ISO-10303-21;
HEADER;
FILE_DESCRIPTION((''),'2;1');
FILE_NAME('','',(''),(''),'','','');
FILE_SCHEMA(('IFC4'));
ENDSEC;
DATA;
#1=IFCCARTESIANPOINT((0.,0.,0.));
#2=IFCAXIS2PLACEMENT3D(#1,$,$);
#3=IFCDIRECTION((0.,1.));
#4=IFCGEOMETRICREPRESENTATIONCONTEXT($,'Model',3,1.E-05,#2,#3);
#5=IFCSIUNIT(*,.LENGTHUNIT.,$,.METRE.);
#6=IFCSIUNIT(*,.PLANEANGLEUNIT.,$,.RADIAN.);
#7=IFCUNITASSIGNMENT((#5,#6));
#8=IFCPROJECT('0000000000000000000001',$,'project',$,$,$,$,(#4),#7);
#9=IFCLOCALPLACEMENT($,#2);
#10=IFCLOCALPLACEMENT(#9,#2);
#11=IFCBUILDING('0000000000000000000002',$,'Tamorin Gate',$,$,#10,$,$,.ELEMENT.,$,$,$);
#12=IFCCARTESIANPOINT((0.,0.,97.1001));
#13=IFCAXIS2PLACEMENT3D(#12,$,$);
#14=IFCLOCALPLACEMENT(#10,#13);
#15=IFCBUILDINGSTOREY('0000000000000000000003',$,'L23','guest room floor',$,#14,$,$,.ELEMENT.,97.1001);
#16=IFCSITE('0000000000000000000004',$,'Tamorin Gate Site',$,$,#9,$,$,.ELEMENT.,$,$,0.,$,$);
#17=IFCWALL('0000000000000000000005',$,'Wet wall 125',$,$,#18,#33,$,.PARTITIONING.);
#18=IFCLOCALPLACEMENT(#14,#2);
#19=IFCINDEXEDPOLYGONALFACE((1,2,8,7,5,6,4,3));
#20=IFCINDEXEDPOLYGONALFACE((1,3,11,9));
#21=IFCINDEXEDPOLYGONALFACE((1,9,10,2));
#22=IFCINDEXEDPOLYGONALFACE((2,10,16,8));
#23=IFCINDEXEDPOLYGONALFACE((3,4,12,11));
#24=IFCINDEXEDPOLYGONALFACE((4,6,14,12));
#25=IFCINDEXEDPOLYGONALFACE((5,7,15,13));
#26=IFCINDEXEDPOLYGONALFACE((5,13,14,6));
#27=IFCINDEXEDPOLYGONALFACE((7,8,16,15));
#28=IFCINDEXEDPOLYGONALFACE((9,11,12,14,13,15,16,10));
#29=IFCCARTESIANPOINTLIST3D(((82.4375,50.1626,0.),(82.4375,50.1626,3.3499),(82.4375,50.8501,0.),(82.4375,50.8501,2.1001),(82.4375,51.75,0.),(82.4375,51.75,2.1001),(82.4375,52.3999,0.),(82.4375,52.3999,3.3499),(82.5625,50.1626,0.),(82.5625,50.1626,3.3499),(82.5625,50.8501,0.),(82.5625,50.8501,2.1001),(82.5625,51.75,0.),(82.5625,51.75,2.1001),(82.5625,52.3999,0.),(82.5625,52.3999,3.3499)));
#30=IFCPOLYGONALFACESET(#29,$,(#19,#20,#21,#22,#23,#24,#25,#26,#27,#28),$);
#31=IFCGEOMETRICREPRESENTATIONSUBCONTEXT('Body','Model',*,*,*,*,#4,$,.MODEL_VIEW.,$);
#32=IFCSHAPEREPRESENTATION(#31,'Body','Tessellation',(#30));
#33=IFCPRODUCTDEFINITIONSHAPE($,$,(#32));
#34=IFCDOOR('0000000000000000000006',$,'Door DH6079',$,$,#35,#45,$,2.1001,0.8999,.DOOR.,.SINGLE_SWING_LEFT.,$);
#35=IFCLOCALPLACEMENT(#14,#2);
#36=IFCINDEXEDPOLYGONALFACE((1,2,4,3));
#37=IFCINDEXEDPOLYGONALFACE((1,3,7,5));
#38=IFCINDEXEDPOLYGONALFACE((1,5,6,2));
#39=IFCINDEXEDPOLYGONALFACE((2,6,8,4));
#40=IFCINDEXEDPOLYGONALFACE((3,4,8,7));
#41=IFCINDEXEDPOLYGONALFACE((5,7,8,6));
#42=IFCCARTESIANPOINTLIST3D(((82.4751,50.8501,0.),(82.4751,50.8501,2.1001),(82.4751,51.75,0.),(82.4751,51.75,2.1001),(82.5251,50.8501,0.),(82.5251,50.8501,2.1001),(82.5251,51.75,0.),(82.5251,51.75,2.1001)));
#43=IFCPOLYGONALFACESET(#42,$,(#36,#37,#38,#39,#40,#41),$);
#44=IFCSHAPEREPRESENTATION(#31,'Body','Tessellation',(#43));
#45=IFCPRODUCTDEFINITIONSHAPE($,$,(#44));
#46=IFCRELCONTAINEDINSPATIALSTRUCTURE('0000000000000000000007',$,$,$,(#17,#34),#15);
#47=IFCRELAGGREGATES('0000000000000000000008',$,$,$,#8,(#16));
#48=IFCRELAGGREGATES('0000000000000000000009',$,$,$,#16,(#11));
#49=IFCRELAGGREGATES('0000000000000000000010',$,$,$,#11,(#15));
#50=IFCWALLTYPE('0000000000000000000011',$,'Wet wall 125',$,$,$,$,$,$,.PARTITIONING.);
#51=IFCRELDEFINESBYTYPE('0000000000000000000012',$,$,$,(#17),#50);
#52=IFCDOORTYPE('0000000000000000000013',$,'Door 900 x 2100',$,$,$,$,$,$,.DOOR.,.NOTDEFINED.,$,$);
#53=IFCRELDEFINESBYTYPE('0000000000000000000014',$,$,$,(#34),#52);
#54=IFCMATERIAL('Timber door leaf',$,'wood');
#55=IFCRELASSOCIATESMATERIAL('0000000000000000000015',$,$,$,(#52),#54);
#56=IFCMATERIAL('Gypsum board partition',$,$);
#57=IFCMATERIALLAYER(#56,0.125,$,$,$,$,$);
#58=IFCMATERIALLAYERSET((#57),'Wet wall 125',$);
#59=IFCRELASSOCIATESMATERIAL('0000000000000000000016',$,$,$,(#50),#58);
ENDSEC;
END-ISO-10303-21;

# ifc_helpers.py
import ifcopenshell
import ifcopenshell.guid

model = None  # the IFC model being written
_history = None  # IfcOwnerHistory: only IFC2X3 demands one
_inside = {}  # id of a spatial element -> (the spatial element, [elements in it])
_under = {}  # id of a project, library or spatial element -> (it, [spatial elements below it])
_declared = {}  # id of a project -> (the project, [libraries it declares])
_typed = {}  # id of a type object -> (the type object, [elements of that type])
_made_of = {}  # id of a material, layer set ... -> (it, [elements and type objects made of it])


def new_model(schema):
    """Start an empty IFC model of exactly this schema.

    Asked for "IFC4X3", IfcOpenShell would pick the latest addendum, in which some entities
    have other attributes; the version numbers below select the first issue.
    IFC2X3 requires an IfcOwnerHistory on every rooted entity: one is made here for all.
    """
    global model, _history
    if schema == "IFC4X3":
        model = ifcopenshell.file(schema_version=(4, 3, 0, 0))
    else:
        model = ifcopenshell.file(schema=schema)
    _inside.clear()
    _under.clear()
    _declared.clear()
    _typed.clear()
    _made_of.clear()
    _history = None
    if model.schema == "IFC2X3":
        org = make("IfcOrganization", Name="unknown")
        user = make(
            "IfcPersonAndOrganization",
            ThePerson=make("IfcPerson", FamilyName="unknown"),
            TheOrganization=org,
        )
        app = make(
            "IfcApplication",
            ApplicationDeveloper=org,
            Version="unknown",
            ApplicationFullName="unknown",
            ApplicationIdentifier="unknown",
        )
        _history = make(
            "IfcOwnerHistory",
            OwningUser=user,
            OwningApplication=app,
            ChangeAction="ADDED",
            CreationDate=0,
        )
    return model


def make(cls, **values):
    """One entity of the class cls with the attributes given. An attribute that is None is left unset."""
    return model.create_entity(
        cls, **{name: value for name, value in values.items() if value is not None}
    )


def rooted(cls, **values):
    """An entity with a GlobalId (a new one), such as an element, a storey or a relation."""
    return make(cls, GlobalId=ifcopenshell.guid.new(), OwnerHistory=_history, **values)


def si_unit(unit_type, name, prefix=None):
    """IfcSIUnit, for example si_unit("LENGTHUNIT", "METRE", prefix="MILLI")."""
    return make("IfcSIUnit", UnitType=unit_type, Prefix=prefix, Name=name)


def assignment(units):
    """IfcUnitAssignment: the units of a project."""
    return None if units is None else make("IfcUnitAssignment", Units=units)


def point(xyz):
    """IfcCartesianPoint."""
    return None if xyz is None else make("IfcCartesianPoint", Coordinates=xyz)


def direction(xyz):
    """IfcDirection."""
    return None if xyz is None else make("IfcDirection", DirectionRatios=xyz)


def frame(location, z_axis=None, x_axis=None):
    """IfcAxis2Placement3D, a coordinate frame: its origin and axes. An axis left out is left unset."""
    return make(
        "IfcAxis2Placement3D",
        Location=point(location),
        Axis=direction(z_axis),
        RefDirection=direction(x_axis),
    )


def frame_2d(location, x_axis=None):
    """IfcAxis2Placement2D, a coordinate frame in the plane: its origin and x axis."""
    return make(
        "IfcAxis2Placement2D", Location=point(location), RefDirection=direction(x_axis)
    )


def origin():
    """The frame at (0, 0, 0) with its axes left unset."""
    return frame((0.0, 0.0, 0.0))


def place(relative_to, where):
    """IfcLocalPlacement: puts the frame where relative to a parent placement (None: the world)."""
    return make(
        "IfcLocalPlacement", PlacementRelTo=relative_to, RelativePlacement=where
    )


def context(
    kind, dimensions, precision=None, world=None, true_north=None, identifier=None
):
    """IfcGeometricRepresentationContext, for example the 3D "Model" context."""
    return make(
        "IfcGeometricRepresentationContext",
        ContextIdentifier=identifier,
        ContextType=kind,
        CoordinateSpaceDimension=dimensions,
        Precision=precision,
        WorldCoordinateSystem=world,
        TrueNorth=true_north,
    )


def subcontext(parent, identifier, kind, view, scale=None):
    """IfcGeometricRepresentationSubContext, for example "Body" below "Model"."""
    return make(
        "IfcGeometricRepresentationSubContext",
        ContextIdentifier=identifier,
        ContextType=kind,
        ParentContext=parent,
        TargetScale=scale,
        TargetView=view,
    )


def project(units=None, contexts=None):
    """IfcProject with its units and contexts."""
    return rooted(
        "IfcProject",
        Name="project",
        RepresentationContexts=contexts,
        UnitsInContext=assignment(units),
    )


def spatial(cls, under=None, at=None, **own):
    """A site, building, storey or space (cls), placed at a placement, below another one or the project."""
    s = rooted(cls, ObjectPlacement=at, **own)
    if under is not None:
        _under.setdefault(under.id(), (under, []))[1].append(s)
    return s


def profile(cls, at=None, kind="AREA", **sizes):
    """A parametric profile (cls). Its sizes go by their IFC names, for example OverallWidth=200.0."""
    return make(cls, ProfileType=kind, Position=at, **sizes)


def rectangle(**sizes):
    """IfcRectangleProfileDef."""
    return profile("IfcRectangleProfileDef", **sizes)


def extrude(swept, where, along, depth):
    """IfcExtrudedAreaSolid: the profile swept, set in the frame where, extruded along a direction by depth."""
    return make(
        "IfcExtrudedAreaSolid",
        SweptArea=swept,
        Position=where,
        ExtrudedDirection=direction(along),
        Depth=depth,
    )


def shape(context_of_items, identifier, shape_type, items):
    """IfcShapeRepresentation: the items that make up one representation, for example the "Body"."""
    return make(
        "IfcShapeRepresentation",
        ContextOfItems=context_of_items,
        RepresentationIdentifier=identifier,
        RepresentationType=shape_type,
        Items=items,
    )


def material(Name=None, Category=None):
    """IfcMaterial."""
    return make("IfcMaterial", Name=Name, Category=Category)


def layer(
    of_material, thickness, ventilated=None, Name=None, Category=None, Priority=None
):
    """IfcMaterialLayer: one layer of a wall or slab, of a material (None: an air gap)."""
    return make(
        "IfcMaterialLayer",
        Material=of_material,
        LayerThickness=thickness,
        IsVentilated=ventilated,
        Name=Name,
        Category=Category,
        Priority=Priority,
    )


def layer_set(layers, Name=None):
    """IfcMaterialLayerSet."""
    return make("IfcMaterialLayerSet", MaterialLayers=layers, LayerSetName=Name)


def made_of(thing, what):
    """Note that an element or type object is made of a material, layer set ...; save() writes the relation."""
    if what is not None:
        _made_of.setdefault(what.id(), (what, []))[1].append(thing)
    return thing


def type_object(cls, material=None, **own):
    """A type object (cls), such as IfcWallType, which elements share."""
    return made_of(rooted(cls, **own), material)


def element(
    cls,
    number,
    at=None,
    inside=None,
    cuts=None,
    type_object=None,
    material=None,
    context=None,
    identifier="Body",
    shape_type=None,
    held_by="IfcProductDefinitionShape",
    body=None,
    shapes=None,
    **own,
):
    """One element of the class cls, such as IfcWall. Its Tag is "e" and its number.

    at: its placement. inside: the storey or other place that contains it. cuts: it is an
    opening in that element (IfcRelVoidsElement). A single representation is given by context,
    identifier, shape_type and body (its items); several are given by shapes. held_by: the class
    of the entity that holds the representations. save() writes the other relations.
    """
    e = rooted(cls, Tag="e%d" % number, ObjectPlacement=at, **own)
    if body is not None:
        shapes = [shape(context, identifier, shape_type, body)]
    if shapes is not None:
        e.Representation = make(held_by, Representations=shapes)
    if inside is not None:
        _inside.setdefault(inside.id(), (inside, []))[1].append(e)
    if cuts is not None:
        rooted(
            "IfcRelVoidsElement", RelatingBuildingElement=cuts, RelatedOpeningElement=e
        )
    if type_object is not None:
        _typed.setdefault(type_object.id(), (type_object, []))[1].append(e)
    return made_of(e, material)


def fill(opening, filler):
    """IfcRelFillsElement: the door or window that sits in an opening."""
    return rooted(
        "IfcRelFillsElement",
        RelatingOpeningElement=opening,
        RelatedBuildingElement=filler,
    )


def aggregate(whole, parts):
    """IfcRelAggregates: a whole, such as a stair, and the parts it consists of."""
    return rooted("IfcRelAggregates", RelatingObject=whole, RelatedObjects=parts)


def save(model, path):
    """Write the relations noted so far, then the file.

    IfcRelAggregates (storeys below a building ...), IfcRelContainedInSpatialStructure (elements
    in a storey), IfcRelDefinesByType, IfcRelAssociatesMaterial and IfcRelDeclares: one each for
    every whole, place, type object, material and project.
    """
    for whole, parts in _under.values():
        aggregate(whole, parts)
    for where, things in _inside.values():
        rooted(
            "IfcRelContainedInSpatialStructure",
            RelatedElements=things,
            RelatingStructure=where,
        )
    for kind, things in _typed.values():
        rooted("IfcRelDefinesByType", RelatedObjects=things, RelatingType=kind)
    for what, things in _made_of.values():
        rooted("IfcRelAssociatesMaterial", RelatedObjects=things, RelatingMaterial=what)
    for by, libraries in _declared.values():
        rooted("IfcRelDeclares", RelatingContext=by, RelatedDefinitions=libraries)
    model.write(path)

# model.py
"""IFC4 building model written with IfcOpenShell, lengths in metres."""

from ifc_helpers import new_model, si_unit, direction, frame, frame_2d, origin, place, context, subcontext, project, spatial, rectangle, extrude, material, layer, layer_set, type_object, element, fill, save


model = new_model("IFC4")

# Units and contexts
model_context = context("Model", 3, precision=1e-05, world=origin(), true_north=direction((0.0, 1.0)))
body_context = subcontext(model_context, "Body", "Model", "MODEL_VIEW")
ifc_project = project(units=[si_unit("LENGTHUNIT", "METRE"), si_unit("PLANEANGLEUNIT", "RADIAN")], contexts=[model_context])

# Site, building, storey
site_placement = place(None, origin())
site = spatial("IfcSite", under=ifc_project, at=site_placement, Name="Tamorin Gate Site", CompositionType="ELEMENT", RefElevation=0.0)
building_placement = place(site_placement, origin())
building = spatial("IfcBuilding", under=site, at=building_placement, Name="Tamorin Gate", CompositionType="ELEMENT")
storey_placement = place(building_placement, frame((0.0, 0.0, 97.1001)))
storey = spatial("IfcBuildingStorey", under=building, at=storey_placement, Name="L23", Description="guest room floor", CompositionType="ELEMENT", Elevation=97.1001)

# Shared definitions
ifc_material_1 = material(Name="Gypsum board partition")
ifc_material_2 = material(Name="Timber door leaf", Category="wood")
door_type = type_object("IfcDoorType", Name="Door 900 x 2100", OperationType="NOTDEFINED", PredefinedType="DOOR", material=ifc_material_2)

# Wall, opening, door
ifc_layer_1 = layer(ifc_material_1, 0.125)
ifc_layer_set_1 = layer_set([ifc_layer_1], Name="Wet wall 125")
wall_type_1 = type_object("IfcWallType", Name="Wet wall 125", PredefinedType="PARTITIONING", material=ifc_layer_set_1)
wall_1_placement = place(storey_placement, frame((82.5, 50.1626, 0.0), z_axis=(0.0, 0.0, 1.0), x_axis=(0.0, 1.0, 0.0)))
wall_1 = element("IfcWall", 1, at=wall_1_placement, inside=storey, type_object=wall_type_1, Name="Wet wall 125", PredefinedType="PARTITIONING", context=body_context, shape_type="SweptSolid", body=[
    extrude(rectangle(XDim=2.2373, YDim=0.125, at=frame_2d((1.1187, 0.0))), origin(), (0.0, 0.0, 1.0), 3.3499),
])
opening_1_placement = place(wall_1_placement, frame((0.6875, 0.0, 0.0)))
opening_1 = element("IfcOpeningElement", 2, at=opening_1_placement, cuts=wall_1, PredefinedType="OPENING", context=body_context, shape_type="SweptSolid", body=[
    extrude(rectangle(XDim=0.8999, YDim=2.1001, at=frame_2d((0.45, 1.05))), frame((0.0, 0.0725, 0.0), z_axis=(0.0, -1.0, 0.0), x_axis=(1.0, 0.0, 0.0)), (0.0, 0.0, 1.0), 0.145),
])
door_1_placement = place(opening_1_placement, origin())
door_1 = element("IfcDoor", 3, at=door_1_placement, inside=storey, type_object=door_type, Name="Door DH6079", OperationType="SINGLE_SWING_LEFT", OverallHeight=2.1001, OverallWidth=0.8999, PredefinedType="DOOR", context=body_context, shape_type="SweptSolid", body=[
    extrude(rectangle(XDim=0.8999, YDim=2.1001, at=frame_2d((0.45, 1.05))), frame((0.0, 0.0249, 0.0), z_axis=(0.0, -1.0, 0.0), x_axis=(1.0, 0.0, 0.0)), (0.0, 0.0, 1.0), 0.05),
])
fill(opening_1, door_1)

save(model, "model.ifc")
